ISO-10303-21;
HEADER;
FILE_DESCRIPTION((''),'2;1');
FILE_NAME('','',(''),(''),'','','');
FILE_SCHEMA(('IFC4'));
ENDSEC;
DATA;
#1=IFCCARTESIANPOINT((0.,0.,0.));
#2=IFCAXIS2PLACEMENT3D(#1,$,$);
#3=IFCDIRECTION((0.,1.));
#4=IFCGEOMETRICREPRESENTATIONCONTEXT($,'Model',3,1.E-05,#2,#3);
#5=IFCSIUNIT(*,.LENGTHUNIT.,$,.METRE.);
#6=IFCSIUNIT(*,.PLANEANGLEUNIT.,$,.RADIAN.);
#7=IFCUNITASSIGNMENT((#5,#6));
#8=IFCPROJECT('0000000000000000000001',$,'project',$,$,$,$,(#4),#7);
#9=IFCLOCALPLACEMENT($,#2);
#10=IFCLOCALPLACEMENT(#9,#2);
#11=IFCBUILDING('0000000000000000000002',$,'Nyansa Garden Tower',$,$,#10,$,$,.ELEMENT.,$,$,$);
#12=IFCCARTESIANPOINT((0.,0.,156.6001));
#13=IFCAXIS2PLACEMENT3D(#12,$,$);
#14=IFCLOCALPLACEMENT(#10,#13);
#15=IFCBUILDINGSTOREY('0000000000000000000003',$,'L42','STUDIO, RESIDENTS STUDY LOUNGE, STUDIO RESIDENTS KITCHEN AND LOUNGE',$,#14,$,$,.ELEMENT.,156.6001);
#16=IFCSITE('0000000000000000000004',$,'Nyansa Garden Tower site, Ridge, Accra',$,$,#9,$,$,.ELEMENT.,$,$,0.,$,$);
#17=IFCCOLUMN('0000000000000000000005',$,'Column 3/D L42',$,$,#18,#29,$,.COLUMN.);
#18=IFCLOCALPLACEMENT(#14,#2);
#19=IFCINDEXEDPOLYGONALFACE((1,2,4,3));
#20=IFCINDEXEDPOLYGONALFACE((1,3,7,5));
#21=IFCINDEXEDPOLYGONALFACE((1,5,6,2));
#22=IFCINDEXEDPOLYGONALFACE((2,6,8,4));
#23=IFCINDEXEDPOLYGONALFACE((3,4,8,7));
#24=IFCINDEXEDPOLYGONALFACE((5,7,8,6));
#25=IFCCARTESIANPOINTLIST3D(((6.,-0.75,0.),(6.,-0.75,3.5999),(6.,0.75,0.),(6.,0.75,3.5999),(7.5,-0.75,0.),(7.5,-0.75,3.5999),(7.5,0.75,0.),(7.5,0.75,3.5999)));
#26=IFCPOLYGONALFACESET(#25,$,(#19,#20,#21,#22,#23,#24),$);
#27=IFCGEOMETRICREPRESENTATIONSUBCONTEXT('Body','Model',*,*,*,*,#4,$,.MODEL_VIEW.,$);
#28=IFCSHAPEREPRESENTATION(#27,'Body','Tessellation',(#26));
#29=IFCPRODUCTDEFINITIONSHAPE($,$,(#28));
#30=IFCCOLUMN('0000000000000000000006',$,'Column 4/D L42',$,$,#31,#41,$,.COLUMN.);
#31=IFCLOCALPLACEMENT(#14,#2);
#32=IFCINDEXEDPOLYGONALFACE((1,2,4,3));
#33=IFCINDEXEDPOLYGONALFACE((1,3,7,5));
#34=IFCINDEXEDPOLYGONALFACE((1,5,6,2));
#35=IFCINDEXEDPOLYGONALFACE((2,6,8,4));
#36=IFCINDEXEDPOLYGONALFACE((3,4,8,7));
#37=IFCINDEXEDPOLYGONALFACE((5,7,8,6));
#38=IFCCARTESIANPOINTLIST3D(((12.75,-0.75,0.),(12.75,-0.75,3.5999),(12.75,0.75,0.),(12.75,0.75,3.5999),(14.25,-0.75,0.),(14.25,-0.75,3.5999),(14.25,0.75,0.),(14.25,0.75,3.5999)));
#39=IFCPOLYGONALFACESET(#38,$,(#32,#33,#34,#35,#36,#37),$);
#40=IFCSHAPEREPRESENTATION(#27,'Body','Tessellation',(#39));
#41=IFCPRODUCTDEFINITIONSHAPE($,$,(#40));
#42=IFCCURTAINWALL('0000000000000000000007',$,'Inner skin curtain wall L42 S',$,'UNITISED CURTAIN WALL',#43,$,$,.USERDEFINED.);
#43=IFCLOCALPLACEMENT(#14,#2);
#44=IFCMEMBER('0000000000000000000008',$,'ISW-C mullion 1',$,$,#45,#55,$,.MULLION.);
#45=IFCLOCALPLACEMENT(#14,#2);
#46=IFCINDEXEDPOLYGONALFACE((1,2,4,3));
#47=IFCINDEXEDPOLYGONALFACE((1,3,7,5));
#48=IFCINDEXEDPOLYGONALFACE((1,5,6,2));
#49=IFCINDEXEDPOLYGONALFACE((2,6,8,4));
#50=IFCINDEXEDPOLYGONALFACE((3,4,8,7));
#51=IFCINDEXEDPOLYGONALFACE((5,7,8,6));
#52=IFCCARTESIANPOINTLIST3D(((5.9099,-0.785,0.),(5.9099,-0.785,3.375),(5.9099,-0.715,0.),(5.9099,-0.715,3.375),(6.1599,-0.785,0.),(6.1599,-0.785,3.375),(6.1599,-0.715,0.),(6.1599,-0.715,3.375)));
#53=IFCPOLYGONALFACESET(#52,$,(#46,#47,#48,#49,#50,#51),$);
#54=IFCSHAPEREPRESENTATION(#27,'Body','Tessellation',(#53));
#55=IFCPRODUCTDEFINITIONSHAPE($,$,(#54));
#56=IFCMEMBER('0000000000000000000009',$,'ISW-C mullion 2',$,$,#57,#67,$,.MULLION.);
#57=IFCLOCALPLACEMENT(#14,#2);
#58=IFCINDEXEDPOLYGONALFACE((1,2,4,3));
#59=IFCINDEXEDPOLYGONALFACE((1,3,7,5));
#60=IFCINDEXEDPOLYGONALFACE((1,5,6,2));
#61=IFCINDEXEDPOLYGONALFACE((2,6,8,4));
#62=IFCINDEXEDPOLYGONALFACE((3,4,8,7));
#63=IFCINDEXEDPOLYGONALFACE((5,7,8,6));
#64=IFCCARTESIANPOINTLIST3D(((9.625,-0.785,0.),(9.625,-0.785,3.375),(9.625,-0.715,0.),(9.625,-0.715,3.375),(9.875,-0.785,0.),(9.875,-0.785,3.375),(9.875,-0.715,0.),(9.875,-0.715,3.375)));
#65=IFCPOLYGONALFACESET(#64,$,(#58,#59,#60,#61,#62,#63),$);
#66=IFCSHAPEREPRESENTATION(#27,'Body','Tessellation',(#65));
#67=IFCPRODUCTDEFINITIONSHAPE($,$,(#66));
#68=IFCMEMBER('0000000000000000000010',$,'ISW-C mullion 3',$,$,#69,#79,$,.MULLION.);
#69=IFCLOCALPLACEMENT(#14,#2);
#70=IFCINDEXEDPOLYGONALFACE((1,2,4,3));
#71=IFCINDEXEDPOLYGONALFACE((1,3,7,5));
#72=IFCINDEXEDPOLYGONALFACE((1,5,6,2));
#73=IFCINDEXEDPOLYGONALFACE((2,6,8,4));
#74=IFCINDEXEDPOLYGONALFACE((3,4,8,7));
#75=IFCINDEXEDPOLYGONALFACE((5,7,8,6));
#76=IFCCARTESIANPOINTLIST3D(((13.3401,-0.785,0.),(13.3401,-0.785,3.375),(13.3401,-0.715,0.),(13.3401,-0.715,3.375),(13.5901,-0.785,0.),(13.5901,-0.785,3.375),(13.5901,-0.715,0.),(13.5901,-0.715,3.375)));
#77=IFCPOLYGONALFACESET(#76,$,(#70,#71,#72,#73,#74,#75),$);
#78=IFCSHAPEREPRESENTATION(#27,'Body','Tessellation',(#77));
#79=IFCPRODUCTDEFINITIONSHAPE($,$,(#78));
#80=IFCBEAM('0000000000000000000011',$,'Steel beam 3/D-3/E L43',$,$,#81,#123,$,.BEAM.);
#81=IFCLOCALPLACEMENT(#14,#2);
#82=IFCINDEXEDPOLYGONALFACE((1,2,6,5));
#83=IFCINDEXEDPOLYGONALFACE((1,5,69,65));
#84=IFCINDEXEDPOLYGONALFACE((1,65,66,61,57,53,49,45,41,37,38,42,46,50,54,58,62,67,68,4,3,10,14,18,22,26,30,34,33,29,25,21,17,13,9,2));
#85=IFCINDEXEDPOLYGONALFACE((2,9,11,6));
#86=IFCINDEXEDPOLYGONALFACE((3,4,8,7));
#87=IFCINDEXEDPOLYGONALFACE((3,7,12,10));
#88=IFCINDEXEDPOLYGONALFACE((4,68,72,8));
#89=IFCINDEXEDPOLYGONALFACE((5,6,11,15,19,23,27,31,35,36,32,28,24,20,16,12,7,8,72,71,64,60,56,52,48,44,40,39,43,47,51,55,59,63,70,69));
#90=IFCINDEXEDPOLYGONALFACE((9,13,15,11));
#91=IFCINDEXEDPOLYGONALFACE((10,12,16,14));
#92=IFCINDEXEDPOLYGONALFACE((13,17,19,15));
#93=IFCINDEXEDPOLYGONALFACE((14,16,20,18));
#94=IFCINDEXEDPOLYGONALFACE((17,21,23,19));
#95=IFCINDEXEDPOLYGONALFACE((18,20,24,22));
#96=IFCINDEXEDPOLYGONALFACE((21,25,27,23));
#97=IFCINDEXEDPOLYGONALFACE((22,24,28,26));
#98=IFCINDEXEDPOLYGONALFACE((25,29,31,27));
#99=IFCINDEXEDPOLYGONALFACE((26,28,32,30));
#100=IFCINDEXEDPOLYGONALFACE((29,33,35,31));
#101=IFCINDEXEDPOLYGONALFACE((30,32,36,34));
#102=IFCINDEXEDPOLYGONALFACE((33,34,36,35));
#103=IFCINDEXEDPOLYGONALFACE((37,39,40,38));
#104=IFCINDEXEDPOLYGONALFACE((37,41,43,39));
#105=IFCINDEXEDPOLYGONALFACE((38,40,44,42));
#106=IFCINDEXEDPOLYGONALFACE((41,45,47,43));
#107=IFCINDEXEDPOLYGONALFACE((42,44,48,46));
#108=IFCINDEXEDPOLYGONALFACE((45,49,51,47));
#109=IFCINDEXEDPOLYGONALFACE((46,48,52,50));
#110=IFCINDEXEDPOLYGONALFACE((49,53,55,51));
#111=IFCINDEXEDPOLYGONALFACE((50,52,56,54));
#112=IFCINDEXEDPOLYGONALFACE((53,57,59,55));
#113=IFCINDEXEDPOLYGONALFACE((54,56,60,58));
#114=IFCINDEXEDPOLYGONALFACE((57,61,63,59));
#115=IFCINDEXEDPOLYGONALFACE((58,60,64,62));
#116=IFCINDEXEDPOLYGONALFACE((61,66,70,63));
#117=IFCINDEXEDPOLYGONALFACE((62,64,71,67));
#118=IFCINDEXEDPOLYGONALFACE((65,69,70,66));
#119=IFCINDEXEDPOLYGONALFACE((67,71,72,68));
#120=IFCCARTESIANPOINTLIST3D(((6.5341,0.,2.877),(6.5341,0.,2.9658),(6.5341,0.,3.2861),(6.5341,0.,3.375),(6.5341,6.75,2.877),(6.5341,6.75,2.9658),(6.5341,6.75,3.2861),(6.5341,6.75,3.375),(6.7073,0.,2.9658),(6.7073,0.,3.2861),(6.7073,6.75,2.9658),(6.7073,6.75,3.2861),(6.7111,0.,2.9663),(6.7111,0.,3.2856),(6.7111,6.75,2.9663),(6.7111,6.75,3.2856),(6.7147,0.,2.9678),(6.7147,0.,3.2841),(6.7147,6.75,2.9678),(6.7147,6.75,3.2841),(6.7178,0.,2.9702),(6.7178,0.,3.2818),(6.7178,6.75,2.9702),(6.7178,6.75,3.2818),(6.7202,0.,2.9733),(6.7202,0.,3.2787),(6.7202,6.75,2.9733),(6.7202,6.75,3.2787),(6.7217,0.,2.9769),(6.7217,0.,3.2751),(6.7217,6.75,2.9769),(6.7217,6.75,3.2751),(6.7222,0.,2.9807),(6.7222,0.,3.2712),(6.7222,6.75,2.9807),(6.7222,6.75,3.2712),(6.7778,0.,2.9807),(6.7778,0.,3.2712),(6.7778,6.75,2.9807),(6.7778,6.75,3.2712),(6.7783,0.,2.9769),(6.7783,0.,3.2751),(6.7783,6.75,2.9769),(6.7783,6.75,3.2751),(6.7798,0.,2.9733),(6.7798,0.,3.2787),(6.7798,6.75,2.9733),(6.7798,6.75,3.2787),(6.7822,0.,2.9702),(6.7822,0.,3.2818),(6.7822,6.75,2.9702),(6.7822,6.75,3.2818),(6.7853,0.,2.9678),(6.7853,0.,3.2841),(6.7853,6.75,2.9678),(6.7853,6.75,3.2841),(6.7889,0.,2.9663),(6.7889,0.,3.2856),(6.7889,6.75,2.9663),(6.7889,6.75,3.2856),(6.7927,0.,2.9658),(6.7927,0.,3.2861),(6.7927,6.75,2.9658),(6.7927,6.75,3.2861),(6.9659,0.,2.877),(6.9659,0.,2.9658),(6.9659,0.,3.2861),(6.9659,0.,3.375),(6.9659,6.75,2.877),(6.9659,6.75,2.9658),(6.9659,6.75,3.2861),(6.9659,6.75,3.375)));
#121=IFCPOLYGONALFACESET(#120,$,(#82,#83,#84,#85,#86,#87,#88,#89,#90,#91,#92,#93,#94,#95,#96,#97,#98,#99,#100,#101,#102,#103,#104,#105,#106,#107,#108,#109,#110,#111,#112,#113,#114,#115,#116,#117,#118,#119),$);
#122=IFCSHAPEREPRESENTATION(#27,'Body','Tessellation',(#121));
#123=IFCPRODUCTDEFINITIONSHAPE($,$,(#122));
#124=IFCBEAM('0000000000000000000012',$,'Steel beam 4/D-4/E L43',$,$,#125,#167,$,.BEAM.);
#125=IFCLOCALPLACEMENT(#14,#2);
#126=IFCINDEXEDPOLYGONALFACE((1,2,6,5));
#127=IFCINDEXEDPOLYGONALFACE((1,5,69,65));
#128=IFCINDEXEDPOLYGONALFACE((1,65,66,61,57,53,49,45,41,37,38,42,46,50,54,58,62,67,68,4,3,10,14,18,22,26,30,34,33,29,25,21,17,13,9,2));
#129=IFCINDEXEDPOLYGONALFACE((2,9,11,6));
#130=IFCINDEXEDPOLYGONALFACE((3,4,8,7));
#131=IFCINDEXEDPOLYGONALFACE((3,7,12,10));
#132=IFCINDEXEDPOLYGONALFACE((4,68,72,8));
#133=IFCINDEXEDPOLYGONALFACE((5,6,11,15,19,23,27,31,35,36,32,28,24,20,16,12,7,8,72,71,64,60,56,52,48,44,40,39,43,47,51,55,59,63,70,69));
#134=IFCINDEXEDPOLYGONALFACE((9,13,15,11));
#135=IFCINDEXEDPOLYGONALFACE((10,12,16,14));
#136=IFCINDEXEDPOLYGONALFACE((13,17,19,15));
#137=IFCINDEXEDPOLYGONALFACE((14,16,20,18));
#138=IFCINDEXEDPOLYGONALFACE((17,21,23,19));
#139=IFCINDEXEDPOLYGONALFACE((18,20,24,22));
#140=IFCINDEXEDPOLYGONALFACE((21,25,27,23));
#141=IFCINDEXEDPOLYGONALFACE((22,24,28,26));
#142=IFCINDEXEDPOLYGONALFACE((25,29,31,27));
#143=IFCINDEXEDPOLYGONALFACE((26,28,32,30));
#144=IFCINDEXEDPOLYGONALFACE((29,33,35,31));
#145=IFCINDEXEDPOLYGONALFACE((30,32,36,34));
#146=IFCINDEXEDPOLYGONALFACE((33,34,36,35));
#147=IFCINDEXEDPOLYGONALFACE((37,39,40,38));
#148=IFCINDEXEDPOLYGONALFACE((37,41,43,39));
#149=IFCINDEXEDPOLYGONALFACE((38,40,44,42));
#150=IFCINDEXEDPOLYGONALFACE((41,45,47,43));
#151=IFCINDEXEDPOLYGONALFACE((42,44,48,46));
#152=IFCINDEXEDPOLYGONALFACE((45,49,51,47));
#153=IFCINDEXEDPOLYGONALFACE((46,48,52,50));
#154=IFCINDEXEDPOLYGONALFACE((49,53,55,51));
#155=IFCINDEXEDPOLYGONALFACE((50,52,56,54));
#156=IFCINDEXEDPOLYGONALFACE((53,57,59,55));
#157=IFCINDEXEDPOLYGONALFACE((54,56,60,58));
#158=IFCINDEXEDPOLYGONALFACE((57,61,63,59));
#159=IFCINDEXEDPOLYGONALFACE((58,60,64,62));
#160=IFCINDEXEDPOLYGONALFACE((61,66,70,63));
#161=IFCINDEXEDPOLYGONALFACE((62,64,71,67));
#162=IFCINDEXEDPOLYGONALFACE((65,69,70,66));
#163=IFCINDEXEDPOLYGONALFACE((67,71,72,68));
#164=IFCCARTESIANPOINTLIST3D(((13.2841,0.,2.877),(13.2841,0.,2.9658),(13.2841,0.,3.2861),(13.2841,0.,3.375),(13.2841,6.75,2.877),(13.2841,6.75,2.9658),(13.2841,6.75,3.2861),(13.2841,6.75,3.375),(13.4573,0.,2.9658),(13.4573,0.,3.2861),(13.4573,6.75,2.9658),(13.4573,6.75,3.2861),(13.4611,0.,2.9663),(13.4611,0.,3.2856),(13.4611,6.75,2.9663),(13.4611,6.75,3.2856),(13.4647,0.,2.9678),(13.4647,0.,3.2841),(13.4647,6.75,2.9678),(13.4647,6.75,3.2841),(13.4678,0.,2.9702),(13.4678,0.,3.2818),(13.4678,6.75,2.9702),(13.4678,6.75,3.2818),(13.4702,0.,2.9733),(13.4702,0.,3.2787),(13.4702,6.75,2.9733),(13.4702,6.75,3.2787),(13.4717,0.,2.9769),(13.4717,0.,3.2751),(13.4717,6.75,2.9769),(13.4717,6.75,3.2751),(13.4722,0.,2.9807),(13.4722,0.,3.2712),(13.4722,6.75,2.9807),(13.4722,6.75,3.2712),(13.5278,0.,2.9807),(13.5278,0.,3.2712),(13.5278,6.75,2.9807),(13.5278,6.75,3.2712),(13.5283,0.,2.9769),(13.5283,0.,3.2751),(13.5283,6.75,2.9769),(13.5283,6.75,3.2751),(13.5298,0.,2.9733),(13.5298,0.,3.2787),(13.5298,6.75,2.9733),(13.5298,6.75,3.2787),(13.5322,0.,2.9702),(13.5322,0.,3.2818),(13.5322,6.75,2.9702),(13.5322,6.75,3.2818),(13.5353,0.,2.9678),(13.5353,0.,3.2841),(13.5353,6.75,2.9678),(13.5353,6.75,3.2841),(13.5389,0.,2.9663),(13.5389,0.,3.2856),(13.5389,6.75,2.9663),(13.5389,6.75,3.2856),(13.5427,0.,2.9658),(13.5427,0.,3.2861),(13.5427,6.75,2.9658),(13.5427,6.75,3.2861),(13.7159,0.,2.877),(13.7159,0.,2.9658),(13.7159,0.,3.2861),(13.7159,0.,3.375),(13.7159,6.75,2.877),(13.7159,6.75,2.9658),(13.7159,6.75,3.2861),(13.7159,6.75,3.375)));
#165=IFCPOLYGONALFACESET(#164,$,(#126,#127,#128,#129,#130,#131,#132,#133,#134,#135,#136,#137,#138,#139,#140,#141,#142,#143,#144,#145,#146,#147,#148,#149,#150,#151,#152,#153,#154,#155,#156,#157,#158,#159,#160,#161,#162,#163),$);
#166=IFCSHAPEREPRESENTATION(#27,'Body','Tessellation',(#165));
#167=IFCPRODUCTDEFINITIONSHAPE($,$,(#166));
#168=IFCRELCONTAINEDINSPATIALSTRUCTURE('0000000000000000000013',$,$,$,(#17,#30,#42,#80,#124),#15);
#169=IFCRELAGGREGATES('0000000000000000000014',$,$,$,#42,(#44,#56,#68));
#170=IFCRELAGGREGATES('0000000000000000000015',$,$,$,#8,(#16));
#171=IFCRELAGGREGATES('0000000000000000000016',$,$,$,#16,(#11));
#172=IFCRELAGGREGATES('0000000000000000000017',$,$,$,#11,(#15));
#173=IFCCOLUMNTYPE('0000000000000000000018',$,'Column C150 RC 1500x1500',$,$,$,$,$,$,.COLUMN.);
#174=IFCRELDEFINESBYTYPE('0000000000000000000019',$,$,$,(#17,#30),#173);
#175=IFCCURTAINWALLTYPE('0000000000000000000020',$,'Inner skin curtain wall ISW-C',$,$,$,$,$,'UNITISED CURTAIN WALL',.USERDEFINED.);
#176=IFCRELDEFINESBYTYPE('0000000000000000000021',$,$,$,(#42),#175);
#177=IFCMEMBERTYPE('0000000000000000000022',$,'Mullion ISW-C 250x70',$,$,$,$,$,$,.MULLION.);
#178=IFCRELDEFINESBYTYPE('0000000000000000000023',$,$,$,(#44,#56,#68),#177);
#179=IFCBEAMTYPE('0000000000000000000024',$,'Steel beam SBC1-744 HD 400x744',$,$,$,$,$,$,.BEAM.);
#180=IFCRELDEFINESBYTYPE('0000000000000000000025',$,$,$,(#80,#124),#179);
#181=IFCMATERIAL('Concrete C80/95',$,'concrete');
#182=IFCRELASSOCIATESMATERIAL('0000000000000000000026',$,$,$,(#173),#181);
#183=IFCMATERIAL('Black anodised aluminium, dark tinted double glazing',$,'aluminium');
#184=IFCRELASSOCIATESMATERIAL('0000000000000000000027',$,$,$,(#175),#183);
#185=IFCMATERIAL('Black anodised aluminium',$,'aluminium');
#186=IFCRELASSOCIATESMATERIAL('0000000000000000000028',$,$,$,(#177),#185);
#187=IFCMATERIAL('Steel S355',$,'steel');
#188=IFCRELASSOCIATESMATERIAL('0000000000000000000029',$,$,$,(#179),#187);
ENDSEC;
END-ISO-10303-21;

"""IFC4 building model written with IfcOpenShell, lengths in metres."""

from ifc_helpers import new_model, si_unit, direction, frame, origin, origin_2d, place, context, subcontext, project, spatial, rectangle, i_section, extrude, material, material_profile, profile_set, type_object, element, aggregate, save


model = new_model("IFC4")

# Units and contexts
model_context = context("Model", 3, precision=1e-05, world=origin(), true_north=direction((0.0, 1.0)))
body_context = subcontext(model_context, "Body", "Model", "MODEL_VIEW")
ifc_project = project(units=[si_unit("LENGTHUNIT", "METRE"), si_unit("PLANEANGLEUNIT", "RADIAN")], contexts=[model_context])

# Site, building, storey
site_placement = place(None, origin())
site = spatial("IfcSite", under=ifc_project, at=site_placement, Name="Nyansa Garden Tower site, Ridge, Accra", CompositionType="ELEMENT", RefElevation=0.0)
building_placement = place(site_placement, origin())
building = spatial("IfcBuilding", under=site, at=building_placement, Name="Nyansa Garden Tower", CompositionType="ELEMENT")
storey_placement = place(building_placement, frame((0.0, 0.0, 156.6001)))
storey = spatial("IfcBuildingStorey", under=building, at=storey_placement, Name="L42", Description="STUDIO, RESIDENTS STUDY LOUNGE, STUDIO RESIDENTS KITCHEN AND LOUNGE", CompositionType="ELEMENT", Elevation=156.6001)

# Columns
ifc_material_1 = material(Name="Concrete C80/95", Category="concrete")
ifc_material_profile_1 = material_profile(ifc_material_1, rectangle(XDim=1.5, YDim=1.5, at=origin_2d()), Name="RC 1500x1500")
ifc_profile_set_1 = profile_set([ifc_material_profile_1], Name="Concrete C80/95")
column_type = type_object("IfcColumnType", Name="Column C150 RC 1500x1500", PredefinedType="COLUMN", material=ifc_profile_set_1)
for number, where, z_axis, x_axis, name in (
    (1, (6.75, 0.0, 0.0), (0.0, 0.0, 1.0), (1.0, 0.0, 0.0), "Column 3/D L42"),
    (2, (13.5, 0.0, 0.0), (0.0, 0.0, 1.0), (1.0, 0.0, 0.0), "Column 4/D L42"),
):
    element("IfcColumn", number, at=place(storey_placement, frame(where, z_axis=z_axis, x_axis=x_axis)), inside=storey, type_object=column_type, Name=name, PredefinedType="COLUMN", context=body_context, shape_type="SweptSolid", body=[
        extrude(rectangle(XDim=1.5, YDim=1.5, at=origin_2d()), origin(), (0.0, 0.0, 1.0), 3.5999),
    ])

# Curtain wall, members
ifc_material_2 = material(Name="Black anodised aluminium, dark tinted double glazing", Category="aluminium")
curtain_wall_type = type_object("IfcCurtainWallType", Name="Inner skin curtain wall ISW-C", ElementType="UNITISED CURTAIN WALL", PredefinedType="USERDEFINED", material=ifc_material_2)
curtain_wall_placement = place(storey_placement, origin())
curtain_wall = element("IfcCurtainWall", 3, at=curtain_wall_placement, inside=storey, type_object=curtain_wall_type, Name="Inner skin curtain wall L42 S", ObjectType="UNITISED CURTAIN WALL", PredefinedType="USERDEFINED")
ifc_material_3 = material(Name="Black anodised aluminium", Category="aluminium")
ifc_material_profile_2 = material_profile(ifc_material_3, rectangle(XDim=0.0701, YDim=0.25, at=origin_2d()), Name="Mullion 250x70")
ifc_profile_set_2 = profile_set([ifc_material_profile_2], Name="Black anodised aluminium")
member_type_1 = type_object("IfcMemberType", Name="Mullion ISW-C 250x70", PredefinedType="MULLION", material=ifc_profile_set_2)
member_1_placement = place(storey_placement, frame((6.0349, -0.75, 0.0), z_axis=(0.0, 0.0, 1.0), x_axis=(0.0, 1.0, 0.0)))
member_1 = element("IfcMember", 4, at=member_1_placement, type_object=member_type_1, Name="ISW-C mullion 1", PredefinedType="MULLION", context=body_context, shape_type="SweptSolid", body=[
    extrude(rectangle(XDim=0.0701, YDim=0.25, at=origin_2d()), origin(), (0.0, 0.0, 1.0), 3.375),
])
member_2_placement = place(storey_placement, frame((9.75, -0.75, 0.0), z_axis=(0.0, 0.0, 1.0), x_axis=(0.0, 1.0, 0.0)))
member_2 = element("IfcMember", 5, at=member_2_placement, type_object=member_type_1, Name="ISW-C mullion 2", PredefinedType="MULLION", context=body_context, shape_type="SweptSolid", body=[
    extrude(rectangle(XDim=0.0701, YDim=0.25, at=origin_2d()), origin(), (0.0, 0.0, 1.0), 3.375),
])
member_3_placement = place(storey_placement, frame((13.4651, -0.75, 0.0), z_axis=(0.0, 0.0, 1.0), x_axis=(0.0, 1.0, 0.0)))
member_3 = element("IfcMember", 6, at=member_3_placement, type_object=member_type_1, Name="ISW-C mullion 3", PredefinedType="MULLION", context=body_context, shape_type="SweptSolid", body=[
    extrude(rectangle(XDim=0.0701, YDim=0.25, at=origin_2d()), origin(), (0.0, 0.0, 1.0), 3.375),
])

# Beams
ifc_material_4 = material(Name="Steel S355", Category="steel")
ifc_material_profile_3 = material_profile(ifc_material_4, i_section(OverallWidth=0.4319, OverallDepth=0.498, WebThickness=0.0557, FlangeThickness=0.0889, FilletRadius=0.0149, at=origin_2d()), Name="HD 400x744")
ifc_profile_set_3 = profile_set([ifc_material_profile_3], Name="Steel S355")
beam_type_1 = type_object("IfcBeamType", Name="Steel beam SBC1-744 HD 400x744", PredefinedType="BEAM", material=ifc_profile_set_3)
for number, where, z_axis, x_axis, name in (
    (7, (6.75, 0.0, 3.126), (0.0, 1.0, 0.0), (-1.0, 0.0, 0.0), "Steel beam 3/D-3/E L43"),
    (8, (13.5, 0.0, 3.126), (0.0, 1.0, 0.0), (-1.0, 0.0, 0.0), "Steel beam 4/D-4/E L43"),
):
    element("IfcBeam", number, at=place(storey_placement, frame(where, z_axis=z_axis, x_axis=x_axis)), inside=storey, type_object=beam_type_1, Name=name, PredefinedType="BEAM", context=body_context, shape_type="SweptSolid", body=[
        extrude(i_section(OverallWidth=0.4319, OverallDepth=0.498, WebThickness=0.0557, FlangeThickness=0.0889, FilletRadius=0.0149, at=origin_2d()), origin(), (0.0, 0.0, 1.0), 6.75),
    ])

aggregate(curtain_wall, [member_1, member_2, member_3])

save(model, "model.ifc")
